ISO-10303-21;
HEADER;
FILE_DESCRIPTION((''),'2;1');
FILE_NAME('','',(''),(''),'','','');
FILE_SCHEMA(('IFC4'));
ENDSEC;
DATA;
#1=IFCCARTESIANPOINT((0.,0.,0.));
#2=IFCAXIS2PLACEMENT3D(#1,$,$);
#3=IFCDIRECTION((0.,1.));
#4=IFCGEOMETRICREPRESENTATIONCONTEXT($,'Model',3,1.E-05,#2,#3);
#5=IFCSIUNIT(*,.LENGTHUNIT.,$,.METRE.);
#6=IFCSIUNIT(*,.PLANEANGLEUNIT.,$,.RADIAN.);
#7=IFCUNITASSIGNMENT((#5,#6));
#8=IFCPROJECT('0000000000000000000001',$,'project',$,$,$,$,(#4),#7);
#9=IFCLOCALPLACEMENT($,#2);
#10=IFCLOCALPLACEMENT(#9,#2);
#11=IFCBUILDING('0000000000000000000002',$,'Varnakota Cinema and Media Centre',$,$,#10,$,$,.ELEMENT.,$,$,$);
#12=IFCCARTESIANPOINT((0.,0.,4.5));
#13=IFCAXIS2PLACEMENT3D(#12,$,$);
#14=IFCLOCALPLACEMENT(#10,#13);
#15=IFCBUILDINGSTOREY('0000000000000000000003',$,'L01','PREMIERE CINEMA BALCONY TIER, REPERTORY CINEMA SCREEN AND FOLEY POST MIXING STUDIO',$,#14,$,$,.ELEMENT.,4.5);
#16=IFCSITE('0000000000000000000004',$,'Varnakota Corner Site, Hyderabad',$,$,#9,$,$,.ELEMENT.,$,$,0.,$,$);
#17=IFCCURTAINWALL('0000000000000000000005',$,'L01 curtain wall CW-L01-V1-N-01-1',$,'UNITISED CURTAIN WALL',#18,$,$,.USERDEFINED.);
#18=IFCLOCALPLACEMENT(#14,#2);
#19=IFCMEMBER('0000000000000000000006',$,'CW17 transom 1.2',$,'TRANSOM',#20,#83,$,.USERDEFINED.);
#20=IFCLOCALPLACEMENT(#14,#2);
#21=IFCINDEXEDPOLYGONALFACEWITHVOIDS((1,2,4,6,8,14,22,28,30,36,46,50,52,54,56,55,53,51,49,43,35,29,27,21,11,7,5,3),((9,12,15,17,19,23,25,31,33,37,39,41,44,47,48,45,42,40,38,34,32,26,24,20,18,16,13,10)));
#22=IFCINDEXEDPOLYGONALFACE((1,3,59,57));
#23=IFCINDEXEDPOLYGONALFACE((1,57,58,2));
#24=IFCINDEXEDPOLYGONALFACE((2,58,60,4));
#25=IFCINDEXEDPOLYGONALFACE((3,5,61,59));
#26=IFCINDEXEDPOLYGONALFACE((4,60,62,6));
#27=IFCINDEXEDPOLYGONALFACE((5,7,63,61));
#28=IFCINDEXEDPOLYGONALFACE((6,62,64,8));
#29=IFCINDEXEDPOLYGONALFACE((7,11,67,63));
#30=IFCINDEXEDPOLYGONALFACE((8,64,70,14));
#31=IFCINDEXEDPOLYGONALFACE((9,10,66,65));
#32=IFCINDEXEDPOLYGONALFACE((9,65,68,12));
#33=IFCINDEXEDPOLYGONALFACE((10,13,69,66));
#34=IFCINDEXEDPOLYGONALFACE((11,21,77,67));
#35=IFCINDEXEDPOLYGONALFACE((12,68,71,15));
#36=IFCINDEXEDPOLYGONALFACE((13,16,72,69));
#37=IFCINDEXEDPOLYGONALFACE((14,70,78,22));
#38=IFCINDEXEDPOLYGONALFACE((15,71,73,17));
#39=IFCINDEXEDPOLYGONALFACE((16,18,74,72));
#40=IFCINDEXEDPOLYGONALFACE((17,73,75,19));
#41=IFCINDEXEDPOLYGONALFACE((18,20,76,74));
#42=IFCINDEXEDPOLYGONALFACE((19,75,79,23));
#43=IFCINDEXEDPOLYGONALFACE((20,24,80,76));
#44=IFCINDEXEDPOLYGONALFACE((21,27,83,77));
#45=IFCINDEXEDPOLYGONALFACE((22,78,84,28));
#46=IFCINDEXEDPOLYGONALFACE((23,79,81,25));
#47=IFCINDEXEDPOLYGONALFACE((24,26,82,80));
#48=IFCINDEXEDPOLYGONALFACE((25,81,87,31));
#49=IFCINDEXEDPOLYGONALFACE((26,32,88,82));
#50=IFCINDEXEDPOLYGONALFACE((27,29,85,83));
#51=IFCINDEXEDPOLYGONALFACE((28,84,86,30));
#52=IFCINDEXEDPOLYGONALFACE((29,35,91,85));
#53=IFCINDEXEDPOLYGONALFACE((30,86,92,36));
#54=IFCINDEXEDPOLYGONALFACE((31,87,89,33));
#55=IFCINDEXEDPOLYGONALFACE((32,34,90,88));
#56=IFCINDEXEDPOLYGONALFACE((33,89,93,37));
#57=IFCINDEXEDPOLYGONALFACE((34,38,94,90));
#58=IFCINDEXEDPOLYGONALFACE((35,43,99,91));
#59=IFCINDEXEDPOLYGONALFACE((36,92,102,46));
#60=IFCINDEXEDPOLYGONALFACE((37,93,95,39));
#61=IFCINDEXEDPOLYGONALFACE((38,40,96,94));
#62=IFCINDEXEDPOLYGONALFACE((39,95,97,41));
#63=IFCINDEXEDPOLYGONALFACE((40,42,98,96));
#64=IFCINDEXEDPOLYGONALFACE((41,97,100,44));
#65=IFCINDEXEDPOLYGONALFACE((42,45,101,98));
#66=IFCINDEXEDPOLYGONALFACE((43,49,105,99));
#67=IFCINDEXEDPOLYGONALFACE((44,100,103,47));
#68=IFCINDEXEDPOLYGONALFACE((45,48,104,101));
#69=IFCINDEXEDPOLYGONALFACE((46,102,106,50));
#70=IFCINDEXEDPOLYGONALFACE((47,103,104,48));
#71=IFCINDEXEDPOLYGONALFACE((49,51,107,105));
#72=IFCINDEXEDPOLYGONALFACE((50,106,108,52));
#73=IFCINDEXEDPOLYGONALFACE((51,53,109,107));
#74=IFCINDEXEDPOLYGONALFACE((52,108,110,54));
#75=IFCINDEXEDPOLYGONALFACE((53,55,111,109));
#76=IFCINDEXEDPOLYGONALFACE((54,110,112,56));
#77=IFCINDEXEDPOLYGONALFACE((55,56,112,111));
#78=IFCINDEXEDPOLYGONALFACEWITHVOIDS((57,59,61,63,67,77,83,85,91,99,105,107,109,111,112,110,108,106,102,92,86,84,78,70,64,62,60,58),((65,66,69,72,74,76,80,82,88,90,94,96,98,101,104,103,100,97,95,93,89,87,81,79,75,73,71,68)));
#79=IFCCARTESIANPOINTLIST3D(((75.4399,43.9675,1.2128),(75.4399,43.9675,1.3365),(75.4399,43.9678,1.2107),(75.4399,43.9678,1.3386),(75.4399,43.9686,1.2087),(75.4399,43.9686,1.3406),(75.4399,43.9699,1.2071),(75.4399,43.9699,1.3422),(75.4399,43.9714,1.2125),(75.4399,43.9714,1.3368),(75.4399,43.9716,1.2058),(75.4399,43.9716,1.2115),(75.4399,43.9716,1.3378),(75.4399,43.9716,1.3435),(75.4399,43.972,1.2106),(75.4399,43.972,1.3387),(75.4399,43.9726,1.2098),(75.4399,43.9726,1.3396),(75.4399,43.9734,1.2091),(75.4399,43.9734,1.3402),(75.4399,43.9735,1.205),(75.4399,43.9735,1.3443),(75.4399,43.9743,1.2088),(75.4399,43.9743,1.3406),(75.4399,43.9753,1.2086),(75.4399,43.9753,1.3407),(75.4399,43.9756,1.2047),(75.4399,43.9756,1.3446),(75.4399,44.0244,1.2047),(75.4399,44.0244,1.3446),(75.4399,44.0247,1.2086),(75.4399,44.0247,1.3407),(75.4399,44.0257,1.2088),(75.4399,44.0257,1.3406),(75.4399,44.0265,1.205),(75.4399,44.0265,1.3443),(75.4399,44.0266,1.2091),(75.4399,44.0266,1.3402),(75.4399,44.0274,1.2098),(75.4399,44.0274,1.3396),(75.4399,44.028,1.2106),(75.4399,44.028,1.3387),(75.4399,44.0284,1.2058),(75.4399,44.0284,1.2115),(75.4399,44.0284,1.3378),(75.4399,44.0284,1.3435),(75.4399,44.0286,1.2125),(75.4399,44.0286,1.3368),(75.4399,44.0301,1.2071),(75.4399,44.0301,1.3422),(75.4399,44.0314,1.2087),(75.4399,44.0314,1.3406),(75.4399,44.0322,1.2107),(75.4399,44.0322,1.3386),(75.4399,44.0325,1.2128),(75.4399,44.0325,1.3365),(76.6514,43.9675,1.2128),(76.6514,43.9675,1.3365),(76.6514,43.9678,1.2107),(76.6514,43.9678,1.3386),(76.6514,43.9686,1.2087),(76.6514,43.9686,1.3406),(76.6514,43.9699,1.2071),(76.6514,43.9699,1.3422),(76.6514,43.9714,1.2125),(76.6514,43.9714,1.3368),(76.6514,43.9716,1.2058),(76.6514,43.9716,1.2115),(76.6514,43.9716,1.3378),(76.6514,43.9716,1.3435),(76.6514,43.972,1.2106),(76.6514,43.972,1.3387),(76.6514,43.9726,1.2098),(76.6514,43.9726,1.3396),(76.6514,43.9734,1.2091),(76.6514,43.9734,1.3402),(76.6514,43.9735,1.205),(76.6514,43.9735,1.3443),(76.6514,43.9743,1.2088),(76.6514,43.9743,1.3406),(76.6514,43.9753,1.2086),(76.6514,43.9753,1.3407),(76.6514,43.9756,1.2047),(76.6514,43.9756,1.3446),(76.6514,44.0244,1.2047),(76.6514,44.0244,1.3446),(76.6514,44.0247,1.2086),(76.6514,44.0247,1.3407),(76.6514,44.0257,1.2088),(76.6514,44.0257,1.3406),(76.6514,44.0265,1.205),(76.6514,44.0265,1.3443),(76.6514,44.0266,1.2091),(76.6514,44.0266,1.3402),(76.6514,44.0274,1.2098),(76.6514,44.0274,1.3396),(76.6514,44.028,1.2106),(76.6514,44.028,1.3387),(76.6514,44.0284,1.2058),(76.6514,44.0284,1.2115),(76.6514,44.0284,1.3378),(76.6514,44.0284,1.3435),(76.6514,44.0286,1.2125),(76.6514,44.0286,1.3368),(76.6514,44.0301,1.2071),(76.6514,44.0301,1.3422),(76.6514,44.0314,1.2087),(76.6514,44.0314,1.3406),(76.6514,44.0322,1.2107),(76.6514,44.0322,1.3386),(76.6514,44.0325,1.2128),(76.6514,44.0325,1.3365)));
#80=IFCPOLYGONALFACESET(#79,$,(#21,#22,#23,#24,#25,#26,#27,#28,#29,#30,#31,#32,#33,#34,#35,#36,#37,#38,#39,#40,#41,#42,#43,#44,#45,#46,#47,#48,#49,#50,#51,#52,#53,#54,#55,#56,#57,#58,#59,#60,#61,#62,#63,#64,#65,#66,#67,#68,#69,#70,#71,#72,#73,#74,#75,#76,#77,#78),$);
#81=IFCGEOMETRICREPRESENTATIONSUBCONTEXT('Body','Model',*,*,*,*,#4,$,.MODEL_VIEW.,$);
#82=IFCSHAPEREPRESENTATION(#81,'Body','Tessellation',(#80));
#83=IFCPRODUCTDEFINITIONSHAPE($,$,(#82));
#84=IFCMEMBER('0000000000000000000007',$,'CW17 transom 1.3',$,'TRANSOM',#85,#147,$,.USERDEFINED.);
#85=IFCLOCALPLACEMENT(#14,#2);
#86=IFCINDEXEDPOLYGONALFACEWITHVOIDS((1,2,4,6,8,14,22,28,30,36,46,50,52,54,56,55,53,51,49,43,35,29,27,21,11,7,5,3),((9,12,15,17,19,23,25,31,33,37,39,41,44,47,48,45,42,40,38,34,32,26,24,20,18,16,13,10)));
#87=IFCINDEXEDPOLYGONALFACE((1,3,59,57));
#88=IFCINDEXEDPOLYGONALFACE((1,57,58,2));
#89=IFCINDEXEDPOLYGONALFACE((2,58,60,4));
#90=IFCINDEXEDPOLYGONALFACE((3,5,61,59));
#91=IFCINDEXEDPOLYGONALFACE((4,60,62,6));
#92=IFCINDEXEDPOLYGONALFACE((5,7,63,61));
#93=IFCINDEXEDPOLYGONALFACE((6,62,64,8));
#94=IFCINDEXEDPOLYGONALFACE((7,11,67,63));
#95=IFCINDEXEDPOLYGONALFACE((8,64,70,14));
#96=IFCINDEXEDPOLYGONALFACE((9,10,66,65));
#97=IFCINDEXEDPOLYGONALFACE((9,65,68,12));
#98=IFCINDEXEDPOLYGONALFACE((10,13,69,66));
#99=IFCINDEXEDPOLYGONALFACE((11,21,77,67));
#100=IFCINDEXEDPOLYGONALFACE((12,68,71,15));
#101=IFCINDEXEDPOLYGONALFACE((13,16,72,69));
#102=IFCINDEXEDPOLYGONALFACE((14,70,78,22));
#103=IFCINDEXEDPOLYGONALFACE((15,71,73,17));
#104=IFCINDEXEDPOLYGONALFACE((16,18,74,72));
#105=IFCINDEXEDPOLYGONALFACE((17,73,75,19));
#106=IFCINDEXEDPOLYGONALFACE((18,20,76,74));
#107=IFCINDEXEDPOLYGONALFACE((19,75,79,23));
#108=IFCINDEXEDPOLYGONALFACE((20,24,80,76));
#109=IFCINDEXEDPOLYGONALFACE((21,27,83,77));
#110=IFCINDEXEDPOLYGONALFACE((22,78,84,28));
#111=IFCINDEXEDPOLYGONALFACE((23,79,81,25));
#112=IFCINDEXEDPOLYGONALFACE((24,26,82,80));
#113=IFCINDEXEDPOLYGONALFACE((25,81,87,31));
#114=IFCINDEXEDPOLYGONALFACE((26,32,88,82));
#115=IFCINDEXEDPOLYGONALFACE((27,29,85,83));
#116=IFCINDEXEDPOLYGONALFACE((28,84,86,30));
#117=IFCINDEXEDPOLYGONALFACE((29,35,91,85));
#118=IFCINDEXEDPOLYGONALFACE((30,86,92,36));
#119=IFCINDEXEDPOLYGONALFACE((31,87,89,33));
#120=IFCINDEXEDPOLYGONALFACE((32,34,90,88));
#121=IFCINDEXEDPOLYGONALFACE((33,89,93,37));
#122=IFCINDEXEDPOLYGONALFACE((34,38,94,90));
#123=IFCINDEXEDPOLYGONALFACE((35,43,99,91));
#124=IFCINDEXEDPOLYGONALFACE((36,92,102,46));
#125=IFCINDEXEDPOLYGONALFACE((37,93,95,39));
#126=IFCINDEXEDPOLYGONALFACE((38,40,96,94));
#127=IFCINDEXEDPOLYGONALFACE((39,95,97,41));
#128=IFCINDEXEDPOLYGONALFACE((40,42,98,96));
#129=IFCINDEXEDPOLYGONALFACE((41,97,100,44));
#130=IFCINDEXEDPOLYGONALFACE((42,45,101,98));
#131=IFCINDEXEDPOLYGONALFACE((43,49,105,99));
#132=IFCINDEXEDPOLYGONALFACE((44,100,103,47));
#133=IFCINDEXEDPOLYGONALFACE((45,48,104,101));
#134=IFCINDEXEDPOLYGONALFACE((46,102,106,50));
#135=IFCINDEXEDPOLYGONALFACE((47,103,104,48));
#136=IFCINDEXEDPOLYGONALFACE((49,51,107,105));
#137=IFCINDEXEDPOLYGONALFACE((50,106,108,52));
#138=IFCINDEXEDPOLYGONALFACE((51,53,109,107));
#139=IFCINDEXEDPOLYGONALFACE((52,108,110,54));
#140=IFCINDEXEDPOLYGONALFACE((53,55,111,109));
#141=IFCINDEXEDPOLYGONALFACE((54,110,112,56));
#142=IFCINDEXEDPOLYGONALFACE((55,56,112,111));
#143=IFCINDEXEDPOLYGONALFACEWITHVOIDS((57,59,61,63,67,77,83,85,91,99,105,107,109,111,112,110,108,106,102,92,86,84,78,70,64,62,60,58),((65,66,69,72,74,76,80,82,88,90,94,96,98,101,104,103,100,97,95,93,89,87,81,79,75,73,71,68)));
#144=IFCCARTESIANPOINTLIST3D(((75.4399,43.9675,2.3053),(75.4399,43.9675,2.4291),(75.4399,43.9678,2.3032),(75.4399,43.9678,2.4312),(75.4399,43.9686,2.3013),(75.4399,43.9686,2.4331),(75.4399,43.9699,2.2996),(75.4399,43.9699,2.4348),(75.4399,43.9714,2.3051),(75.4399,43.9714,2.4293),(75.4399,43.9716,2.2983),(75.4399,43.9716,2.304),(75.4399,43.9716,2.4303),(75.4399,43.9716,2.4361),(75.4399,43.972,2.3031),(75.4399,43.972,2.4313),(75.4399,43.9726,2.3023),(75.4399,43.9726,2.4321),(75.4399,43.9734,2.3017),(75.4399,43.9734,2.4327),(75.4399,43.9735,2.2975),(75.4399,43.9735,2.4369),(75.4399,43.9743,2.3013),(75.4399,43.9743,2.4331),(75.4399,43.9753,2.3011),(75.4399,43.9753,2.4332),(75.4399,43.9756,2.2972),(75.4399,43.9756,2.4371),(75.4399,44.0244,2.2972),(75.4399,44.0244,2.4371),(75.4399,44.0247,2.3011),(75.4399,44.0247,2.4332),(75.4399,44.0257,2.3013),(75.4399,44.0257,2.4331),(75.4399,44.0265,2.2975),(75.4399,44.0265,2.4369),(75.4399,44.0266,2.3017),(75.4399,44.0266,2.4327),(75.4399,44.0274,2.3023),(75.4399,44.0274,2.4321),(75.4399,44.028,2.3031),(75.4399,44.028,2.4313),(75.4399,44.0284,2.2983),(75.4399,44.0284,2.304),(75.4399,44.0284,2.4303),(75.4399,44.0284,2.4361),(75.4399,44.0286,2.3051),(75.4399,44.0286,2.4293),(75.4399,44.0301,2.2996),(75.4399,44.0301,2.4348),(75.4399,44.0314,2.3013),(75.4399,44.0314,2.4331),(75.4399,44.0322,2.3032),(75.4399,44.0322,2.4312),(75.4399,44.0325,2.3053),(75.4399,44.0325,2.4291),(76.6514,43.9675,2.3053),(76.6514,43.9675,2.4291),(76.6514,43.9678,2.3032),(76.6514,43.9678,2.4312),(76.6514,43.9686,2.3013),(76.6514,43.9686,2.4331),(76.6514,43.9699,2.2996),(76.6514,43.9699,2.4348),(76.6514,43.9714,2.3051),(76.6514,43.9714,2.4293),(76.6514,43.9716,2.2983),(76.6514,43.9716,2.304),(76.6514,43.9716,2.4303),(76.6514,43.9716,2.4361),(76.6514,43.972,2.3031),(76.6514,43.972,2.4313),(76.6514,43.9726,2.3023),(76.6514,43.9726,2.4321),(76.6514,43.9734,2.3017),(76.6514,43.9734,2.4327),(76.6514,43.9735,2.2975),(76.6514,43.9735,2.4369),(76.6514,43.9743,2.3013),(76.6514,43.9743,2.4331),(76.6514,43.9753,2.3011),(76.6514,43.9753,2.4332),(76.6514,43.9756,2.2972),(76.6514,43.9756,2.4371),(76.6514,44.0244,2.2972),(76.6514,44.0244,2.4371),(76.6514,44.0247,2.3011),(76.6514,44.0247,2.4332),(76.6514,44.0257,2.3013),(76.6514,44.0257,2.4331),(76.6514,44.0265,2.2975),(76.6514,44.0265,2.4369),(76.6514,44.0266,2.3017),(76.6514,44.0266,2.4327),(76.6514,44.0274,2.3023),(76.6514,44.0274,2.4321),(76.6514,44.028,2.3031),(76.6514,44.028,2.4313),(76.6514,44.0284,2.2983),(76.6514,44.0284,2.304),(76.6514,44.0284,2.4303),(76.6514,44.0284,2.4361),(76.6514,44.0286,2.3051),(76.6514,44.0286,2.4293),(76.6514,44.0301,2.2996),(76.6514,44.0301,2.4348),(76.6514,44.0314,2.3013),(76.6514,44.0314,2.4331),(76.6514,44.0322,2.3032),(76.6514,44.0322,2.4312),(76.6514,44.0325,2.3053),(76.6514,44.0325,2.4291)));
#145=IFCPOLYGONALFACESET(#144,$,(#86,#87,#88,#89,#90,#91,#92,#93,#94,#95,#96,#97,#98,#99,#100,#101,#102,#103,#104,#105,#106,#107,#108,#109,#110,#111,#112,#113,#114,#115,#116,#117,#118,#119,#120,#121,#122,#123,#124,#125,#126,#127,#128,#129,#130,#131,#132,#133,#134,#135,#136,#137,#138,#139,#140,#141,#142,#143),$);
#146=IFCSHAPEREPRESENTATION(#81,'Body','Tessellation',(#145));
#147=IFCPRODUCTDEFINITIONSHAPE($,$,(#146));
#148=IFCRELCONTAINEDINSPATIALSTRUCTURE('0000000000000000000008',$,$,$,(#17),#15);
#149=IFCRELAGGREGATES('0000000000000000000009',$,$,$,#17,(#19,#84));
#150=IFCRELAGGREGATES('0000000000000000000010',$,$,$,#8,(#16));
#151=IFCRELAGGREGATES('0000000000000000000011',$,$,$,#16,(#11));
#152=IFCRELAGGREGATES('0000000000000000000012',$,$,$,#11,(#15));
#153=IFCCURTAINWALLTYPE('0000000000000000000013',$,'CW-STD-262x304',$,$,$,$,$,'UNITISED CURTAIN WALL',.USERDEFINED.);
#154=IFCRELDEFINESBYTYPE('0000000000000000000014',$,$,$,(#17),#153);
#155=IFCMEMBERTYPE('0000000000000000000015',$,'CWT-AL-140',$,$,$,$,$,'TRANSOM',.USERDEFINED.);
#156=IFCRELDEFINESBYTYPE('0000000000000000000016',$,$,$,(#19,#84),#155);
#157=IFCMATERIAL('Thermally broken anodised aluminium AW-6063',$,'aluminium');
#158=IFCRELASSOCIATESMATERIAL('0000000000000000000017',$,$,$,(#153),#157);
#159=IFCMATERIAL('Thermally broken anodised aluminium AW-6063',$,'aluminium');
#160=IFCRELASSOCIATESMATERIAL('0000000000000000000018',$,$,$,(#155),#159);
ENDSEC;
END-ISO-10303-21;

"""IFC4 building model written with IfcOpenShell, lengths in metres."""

from ifc_helpers import new_model, si_unit, direction, frame, origin, origin_2d, place, context, subcontext, project, spatial, hollow_rectangle, extrude, material, material_profile, profile_set, type_object, element, aggregate, save


model = new_model("IFC4")

# Units and contexts
model_context = context("Model", 3, precision=1e-05, world=origin(), true_north=direction((0.0, 1.0)))
body_context = subcontext(model_context, "Body", "Model", "MODEL_VIEW")
ifc_project = project(units=[si_unit("LENGTHUNIT", "METRE"), si_unit("PLANEANGLEUNIT", "RADIAN")], contexts=[model_context])

# Site, building, storey
site_placement = place(None, origin())
site = spatial("IfcSite", under=ifc_project, at=site_placement, Name="Varnakota Corner Site, Hyderabad", CompositionType="ELEMENT", RefElevation=0.0)
building_placement = place(site_placement, origin())
building = spatial("IfcBuilding", under=site, at=building_placement, Name="Varnakota Cinema and Media Centre", CompositionType="ELEMENT")
storey_placement = place(building_placement, frame((0.0, 0.0, 4.5)))
storey = spatial("IfcBuildingStorey", under=building, at=storey_placement, Name="L01", Description="PREMIERE CINEMA BALCONY TIER, REPERTORY CINEMA SCREEN AND FOLEY POST MIXING STUDIO", CompositionType="ELEMENT", Elevation=4.5)

# Curtain wall
ifc_material_1 = material(Name="Thermally broken anodised aluminium AW-6063", Category="aluminium")
curtain_wall_type_1 = type_object("IfcCurtainWallType", Name="CW-STD-262x304", ElementType="UNITISED CURTAIN WALL", PredefinedType="USERDEFINED", material=ifc_material_1)
curtain_wall_1_placement = place(storey_placement, origin())
curtain_wall_1 = element("IfcCurtainWall", 1, at=curtain_wall_1_placement, inside=storey, type_object=curtain_wall_type_1, Name="L01 curtain wall CW-L01-V1-N-01-1", ObjectType="UNITISED CURTAIN WALL", PredefinedType="USERDEFINED")

# Members
ifc_material_2 = material(Name="Thermally broken anodised aluminium AW-6063", Category="aluminium")
ifc_material_profile_1 = material_profile(ifc_material_2, hollow_rectangle(XDim=0.0649, YDim=0.1399, WallThickness=0.0039, InnerFilletRadius=0.0039, OuterFilletRadius=0.0081, at=origin_2d()), Name="AL-TRANSOM 140x65x4")
ifc_profile_set_1 = profile_set([ifc_material_profile_1], Name="Thermally broken anodised aluminium AW-6063")
member_type_1 = type_object("IfcMemberType", Name="CWT-AL-140", ElementType="TRANSOM", PredefinedType="USERDEFINED", material=ifc_profile_set_1)
member_1_placement = place(storey_placement, frame((75.4399, 44.0, 1.2747), z_axis=(1.0, 0.0, 0.0), x_axis=(0.0, 1.0, 0.0)))
member_1 = element("IfcMember", 2, at=member_1_placement, type_object=member_type_1, Name="CW17 transom 1.2", ObjectType="TRANSOM", PredefinedType="USERDEFINED", context=body_context, shape_type="SweptSolid", body=[
    extrude(hollow_rectangle(XDim=0.0649, YDim=0.1399, WallThickness=0.0039, InnerFilletRadius=0.0039, OuterFilletRadius=0.0081, at=origin_2d()), origin(), (0.0, 0.0, 1.0), 1.2114),
])
member_2_placement = place(storey_placement, frame((75.4399, 44.0, 2.3672), z_axis=(1.0, 0.0, 0.0), x_axis=(0.0, 1.0, 0.0)))
member_2 = element("IfcMember", 3, at=member_2_placement, type_object=member_type_1, Name="CW17 transom 1.3", ObjectType="TRANSOM", PredefinedType="USERDEFINED", context=body_context, shape_type="SweptSolid", body=[
    extrude(hollow_rectangle(XDim=0.0649, YDim=0.1399, WallThickness=0.0039, InnerFilletRadius=0.0039, OuterFilletRadius=0.0081, at=origin_2d()), origin(), (0.0, 0.0, 1.0), 1.2114),
])
aggregate(curtain_wall_1, [member_1, member_2])

save(model, "model.ifc")
